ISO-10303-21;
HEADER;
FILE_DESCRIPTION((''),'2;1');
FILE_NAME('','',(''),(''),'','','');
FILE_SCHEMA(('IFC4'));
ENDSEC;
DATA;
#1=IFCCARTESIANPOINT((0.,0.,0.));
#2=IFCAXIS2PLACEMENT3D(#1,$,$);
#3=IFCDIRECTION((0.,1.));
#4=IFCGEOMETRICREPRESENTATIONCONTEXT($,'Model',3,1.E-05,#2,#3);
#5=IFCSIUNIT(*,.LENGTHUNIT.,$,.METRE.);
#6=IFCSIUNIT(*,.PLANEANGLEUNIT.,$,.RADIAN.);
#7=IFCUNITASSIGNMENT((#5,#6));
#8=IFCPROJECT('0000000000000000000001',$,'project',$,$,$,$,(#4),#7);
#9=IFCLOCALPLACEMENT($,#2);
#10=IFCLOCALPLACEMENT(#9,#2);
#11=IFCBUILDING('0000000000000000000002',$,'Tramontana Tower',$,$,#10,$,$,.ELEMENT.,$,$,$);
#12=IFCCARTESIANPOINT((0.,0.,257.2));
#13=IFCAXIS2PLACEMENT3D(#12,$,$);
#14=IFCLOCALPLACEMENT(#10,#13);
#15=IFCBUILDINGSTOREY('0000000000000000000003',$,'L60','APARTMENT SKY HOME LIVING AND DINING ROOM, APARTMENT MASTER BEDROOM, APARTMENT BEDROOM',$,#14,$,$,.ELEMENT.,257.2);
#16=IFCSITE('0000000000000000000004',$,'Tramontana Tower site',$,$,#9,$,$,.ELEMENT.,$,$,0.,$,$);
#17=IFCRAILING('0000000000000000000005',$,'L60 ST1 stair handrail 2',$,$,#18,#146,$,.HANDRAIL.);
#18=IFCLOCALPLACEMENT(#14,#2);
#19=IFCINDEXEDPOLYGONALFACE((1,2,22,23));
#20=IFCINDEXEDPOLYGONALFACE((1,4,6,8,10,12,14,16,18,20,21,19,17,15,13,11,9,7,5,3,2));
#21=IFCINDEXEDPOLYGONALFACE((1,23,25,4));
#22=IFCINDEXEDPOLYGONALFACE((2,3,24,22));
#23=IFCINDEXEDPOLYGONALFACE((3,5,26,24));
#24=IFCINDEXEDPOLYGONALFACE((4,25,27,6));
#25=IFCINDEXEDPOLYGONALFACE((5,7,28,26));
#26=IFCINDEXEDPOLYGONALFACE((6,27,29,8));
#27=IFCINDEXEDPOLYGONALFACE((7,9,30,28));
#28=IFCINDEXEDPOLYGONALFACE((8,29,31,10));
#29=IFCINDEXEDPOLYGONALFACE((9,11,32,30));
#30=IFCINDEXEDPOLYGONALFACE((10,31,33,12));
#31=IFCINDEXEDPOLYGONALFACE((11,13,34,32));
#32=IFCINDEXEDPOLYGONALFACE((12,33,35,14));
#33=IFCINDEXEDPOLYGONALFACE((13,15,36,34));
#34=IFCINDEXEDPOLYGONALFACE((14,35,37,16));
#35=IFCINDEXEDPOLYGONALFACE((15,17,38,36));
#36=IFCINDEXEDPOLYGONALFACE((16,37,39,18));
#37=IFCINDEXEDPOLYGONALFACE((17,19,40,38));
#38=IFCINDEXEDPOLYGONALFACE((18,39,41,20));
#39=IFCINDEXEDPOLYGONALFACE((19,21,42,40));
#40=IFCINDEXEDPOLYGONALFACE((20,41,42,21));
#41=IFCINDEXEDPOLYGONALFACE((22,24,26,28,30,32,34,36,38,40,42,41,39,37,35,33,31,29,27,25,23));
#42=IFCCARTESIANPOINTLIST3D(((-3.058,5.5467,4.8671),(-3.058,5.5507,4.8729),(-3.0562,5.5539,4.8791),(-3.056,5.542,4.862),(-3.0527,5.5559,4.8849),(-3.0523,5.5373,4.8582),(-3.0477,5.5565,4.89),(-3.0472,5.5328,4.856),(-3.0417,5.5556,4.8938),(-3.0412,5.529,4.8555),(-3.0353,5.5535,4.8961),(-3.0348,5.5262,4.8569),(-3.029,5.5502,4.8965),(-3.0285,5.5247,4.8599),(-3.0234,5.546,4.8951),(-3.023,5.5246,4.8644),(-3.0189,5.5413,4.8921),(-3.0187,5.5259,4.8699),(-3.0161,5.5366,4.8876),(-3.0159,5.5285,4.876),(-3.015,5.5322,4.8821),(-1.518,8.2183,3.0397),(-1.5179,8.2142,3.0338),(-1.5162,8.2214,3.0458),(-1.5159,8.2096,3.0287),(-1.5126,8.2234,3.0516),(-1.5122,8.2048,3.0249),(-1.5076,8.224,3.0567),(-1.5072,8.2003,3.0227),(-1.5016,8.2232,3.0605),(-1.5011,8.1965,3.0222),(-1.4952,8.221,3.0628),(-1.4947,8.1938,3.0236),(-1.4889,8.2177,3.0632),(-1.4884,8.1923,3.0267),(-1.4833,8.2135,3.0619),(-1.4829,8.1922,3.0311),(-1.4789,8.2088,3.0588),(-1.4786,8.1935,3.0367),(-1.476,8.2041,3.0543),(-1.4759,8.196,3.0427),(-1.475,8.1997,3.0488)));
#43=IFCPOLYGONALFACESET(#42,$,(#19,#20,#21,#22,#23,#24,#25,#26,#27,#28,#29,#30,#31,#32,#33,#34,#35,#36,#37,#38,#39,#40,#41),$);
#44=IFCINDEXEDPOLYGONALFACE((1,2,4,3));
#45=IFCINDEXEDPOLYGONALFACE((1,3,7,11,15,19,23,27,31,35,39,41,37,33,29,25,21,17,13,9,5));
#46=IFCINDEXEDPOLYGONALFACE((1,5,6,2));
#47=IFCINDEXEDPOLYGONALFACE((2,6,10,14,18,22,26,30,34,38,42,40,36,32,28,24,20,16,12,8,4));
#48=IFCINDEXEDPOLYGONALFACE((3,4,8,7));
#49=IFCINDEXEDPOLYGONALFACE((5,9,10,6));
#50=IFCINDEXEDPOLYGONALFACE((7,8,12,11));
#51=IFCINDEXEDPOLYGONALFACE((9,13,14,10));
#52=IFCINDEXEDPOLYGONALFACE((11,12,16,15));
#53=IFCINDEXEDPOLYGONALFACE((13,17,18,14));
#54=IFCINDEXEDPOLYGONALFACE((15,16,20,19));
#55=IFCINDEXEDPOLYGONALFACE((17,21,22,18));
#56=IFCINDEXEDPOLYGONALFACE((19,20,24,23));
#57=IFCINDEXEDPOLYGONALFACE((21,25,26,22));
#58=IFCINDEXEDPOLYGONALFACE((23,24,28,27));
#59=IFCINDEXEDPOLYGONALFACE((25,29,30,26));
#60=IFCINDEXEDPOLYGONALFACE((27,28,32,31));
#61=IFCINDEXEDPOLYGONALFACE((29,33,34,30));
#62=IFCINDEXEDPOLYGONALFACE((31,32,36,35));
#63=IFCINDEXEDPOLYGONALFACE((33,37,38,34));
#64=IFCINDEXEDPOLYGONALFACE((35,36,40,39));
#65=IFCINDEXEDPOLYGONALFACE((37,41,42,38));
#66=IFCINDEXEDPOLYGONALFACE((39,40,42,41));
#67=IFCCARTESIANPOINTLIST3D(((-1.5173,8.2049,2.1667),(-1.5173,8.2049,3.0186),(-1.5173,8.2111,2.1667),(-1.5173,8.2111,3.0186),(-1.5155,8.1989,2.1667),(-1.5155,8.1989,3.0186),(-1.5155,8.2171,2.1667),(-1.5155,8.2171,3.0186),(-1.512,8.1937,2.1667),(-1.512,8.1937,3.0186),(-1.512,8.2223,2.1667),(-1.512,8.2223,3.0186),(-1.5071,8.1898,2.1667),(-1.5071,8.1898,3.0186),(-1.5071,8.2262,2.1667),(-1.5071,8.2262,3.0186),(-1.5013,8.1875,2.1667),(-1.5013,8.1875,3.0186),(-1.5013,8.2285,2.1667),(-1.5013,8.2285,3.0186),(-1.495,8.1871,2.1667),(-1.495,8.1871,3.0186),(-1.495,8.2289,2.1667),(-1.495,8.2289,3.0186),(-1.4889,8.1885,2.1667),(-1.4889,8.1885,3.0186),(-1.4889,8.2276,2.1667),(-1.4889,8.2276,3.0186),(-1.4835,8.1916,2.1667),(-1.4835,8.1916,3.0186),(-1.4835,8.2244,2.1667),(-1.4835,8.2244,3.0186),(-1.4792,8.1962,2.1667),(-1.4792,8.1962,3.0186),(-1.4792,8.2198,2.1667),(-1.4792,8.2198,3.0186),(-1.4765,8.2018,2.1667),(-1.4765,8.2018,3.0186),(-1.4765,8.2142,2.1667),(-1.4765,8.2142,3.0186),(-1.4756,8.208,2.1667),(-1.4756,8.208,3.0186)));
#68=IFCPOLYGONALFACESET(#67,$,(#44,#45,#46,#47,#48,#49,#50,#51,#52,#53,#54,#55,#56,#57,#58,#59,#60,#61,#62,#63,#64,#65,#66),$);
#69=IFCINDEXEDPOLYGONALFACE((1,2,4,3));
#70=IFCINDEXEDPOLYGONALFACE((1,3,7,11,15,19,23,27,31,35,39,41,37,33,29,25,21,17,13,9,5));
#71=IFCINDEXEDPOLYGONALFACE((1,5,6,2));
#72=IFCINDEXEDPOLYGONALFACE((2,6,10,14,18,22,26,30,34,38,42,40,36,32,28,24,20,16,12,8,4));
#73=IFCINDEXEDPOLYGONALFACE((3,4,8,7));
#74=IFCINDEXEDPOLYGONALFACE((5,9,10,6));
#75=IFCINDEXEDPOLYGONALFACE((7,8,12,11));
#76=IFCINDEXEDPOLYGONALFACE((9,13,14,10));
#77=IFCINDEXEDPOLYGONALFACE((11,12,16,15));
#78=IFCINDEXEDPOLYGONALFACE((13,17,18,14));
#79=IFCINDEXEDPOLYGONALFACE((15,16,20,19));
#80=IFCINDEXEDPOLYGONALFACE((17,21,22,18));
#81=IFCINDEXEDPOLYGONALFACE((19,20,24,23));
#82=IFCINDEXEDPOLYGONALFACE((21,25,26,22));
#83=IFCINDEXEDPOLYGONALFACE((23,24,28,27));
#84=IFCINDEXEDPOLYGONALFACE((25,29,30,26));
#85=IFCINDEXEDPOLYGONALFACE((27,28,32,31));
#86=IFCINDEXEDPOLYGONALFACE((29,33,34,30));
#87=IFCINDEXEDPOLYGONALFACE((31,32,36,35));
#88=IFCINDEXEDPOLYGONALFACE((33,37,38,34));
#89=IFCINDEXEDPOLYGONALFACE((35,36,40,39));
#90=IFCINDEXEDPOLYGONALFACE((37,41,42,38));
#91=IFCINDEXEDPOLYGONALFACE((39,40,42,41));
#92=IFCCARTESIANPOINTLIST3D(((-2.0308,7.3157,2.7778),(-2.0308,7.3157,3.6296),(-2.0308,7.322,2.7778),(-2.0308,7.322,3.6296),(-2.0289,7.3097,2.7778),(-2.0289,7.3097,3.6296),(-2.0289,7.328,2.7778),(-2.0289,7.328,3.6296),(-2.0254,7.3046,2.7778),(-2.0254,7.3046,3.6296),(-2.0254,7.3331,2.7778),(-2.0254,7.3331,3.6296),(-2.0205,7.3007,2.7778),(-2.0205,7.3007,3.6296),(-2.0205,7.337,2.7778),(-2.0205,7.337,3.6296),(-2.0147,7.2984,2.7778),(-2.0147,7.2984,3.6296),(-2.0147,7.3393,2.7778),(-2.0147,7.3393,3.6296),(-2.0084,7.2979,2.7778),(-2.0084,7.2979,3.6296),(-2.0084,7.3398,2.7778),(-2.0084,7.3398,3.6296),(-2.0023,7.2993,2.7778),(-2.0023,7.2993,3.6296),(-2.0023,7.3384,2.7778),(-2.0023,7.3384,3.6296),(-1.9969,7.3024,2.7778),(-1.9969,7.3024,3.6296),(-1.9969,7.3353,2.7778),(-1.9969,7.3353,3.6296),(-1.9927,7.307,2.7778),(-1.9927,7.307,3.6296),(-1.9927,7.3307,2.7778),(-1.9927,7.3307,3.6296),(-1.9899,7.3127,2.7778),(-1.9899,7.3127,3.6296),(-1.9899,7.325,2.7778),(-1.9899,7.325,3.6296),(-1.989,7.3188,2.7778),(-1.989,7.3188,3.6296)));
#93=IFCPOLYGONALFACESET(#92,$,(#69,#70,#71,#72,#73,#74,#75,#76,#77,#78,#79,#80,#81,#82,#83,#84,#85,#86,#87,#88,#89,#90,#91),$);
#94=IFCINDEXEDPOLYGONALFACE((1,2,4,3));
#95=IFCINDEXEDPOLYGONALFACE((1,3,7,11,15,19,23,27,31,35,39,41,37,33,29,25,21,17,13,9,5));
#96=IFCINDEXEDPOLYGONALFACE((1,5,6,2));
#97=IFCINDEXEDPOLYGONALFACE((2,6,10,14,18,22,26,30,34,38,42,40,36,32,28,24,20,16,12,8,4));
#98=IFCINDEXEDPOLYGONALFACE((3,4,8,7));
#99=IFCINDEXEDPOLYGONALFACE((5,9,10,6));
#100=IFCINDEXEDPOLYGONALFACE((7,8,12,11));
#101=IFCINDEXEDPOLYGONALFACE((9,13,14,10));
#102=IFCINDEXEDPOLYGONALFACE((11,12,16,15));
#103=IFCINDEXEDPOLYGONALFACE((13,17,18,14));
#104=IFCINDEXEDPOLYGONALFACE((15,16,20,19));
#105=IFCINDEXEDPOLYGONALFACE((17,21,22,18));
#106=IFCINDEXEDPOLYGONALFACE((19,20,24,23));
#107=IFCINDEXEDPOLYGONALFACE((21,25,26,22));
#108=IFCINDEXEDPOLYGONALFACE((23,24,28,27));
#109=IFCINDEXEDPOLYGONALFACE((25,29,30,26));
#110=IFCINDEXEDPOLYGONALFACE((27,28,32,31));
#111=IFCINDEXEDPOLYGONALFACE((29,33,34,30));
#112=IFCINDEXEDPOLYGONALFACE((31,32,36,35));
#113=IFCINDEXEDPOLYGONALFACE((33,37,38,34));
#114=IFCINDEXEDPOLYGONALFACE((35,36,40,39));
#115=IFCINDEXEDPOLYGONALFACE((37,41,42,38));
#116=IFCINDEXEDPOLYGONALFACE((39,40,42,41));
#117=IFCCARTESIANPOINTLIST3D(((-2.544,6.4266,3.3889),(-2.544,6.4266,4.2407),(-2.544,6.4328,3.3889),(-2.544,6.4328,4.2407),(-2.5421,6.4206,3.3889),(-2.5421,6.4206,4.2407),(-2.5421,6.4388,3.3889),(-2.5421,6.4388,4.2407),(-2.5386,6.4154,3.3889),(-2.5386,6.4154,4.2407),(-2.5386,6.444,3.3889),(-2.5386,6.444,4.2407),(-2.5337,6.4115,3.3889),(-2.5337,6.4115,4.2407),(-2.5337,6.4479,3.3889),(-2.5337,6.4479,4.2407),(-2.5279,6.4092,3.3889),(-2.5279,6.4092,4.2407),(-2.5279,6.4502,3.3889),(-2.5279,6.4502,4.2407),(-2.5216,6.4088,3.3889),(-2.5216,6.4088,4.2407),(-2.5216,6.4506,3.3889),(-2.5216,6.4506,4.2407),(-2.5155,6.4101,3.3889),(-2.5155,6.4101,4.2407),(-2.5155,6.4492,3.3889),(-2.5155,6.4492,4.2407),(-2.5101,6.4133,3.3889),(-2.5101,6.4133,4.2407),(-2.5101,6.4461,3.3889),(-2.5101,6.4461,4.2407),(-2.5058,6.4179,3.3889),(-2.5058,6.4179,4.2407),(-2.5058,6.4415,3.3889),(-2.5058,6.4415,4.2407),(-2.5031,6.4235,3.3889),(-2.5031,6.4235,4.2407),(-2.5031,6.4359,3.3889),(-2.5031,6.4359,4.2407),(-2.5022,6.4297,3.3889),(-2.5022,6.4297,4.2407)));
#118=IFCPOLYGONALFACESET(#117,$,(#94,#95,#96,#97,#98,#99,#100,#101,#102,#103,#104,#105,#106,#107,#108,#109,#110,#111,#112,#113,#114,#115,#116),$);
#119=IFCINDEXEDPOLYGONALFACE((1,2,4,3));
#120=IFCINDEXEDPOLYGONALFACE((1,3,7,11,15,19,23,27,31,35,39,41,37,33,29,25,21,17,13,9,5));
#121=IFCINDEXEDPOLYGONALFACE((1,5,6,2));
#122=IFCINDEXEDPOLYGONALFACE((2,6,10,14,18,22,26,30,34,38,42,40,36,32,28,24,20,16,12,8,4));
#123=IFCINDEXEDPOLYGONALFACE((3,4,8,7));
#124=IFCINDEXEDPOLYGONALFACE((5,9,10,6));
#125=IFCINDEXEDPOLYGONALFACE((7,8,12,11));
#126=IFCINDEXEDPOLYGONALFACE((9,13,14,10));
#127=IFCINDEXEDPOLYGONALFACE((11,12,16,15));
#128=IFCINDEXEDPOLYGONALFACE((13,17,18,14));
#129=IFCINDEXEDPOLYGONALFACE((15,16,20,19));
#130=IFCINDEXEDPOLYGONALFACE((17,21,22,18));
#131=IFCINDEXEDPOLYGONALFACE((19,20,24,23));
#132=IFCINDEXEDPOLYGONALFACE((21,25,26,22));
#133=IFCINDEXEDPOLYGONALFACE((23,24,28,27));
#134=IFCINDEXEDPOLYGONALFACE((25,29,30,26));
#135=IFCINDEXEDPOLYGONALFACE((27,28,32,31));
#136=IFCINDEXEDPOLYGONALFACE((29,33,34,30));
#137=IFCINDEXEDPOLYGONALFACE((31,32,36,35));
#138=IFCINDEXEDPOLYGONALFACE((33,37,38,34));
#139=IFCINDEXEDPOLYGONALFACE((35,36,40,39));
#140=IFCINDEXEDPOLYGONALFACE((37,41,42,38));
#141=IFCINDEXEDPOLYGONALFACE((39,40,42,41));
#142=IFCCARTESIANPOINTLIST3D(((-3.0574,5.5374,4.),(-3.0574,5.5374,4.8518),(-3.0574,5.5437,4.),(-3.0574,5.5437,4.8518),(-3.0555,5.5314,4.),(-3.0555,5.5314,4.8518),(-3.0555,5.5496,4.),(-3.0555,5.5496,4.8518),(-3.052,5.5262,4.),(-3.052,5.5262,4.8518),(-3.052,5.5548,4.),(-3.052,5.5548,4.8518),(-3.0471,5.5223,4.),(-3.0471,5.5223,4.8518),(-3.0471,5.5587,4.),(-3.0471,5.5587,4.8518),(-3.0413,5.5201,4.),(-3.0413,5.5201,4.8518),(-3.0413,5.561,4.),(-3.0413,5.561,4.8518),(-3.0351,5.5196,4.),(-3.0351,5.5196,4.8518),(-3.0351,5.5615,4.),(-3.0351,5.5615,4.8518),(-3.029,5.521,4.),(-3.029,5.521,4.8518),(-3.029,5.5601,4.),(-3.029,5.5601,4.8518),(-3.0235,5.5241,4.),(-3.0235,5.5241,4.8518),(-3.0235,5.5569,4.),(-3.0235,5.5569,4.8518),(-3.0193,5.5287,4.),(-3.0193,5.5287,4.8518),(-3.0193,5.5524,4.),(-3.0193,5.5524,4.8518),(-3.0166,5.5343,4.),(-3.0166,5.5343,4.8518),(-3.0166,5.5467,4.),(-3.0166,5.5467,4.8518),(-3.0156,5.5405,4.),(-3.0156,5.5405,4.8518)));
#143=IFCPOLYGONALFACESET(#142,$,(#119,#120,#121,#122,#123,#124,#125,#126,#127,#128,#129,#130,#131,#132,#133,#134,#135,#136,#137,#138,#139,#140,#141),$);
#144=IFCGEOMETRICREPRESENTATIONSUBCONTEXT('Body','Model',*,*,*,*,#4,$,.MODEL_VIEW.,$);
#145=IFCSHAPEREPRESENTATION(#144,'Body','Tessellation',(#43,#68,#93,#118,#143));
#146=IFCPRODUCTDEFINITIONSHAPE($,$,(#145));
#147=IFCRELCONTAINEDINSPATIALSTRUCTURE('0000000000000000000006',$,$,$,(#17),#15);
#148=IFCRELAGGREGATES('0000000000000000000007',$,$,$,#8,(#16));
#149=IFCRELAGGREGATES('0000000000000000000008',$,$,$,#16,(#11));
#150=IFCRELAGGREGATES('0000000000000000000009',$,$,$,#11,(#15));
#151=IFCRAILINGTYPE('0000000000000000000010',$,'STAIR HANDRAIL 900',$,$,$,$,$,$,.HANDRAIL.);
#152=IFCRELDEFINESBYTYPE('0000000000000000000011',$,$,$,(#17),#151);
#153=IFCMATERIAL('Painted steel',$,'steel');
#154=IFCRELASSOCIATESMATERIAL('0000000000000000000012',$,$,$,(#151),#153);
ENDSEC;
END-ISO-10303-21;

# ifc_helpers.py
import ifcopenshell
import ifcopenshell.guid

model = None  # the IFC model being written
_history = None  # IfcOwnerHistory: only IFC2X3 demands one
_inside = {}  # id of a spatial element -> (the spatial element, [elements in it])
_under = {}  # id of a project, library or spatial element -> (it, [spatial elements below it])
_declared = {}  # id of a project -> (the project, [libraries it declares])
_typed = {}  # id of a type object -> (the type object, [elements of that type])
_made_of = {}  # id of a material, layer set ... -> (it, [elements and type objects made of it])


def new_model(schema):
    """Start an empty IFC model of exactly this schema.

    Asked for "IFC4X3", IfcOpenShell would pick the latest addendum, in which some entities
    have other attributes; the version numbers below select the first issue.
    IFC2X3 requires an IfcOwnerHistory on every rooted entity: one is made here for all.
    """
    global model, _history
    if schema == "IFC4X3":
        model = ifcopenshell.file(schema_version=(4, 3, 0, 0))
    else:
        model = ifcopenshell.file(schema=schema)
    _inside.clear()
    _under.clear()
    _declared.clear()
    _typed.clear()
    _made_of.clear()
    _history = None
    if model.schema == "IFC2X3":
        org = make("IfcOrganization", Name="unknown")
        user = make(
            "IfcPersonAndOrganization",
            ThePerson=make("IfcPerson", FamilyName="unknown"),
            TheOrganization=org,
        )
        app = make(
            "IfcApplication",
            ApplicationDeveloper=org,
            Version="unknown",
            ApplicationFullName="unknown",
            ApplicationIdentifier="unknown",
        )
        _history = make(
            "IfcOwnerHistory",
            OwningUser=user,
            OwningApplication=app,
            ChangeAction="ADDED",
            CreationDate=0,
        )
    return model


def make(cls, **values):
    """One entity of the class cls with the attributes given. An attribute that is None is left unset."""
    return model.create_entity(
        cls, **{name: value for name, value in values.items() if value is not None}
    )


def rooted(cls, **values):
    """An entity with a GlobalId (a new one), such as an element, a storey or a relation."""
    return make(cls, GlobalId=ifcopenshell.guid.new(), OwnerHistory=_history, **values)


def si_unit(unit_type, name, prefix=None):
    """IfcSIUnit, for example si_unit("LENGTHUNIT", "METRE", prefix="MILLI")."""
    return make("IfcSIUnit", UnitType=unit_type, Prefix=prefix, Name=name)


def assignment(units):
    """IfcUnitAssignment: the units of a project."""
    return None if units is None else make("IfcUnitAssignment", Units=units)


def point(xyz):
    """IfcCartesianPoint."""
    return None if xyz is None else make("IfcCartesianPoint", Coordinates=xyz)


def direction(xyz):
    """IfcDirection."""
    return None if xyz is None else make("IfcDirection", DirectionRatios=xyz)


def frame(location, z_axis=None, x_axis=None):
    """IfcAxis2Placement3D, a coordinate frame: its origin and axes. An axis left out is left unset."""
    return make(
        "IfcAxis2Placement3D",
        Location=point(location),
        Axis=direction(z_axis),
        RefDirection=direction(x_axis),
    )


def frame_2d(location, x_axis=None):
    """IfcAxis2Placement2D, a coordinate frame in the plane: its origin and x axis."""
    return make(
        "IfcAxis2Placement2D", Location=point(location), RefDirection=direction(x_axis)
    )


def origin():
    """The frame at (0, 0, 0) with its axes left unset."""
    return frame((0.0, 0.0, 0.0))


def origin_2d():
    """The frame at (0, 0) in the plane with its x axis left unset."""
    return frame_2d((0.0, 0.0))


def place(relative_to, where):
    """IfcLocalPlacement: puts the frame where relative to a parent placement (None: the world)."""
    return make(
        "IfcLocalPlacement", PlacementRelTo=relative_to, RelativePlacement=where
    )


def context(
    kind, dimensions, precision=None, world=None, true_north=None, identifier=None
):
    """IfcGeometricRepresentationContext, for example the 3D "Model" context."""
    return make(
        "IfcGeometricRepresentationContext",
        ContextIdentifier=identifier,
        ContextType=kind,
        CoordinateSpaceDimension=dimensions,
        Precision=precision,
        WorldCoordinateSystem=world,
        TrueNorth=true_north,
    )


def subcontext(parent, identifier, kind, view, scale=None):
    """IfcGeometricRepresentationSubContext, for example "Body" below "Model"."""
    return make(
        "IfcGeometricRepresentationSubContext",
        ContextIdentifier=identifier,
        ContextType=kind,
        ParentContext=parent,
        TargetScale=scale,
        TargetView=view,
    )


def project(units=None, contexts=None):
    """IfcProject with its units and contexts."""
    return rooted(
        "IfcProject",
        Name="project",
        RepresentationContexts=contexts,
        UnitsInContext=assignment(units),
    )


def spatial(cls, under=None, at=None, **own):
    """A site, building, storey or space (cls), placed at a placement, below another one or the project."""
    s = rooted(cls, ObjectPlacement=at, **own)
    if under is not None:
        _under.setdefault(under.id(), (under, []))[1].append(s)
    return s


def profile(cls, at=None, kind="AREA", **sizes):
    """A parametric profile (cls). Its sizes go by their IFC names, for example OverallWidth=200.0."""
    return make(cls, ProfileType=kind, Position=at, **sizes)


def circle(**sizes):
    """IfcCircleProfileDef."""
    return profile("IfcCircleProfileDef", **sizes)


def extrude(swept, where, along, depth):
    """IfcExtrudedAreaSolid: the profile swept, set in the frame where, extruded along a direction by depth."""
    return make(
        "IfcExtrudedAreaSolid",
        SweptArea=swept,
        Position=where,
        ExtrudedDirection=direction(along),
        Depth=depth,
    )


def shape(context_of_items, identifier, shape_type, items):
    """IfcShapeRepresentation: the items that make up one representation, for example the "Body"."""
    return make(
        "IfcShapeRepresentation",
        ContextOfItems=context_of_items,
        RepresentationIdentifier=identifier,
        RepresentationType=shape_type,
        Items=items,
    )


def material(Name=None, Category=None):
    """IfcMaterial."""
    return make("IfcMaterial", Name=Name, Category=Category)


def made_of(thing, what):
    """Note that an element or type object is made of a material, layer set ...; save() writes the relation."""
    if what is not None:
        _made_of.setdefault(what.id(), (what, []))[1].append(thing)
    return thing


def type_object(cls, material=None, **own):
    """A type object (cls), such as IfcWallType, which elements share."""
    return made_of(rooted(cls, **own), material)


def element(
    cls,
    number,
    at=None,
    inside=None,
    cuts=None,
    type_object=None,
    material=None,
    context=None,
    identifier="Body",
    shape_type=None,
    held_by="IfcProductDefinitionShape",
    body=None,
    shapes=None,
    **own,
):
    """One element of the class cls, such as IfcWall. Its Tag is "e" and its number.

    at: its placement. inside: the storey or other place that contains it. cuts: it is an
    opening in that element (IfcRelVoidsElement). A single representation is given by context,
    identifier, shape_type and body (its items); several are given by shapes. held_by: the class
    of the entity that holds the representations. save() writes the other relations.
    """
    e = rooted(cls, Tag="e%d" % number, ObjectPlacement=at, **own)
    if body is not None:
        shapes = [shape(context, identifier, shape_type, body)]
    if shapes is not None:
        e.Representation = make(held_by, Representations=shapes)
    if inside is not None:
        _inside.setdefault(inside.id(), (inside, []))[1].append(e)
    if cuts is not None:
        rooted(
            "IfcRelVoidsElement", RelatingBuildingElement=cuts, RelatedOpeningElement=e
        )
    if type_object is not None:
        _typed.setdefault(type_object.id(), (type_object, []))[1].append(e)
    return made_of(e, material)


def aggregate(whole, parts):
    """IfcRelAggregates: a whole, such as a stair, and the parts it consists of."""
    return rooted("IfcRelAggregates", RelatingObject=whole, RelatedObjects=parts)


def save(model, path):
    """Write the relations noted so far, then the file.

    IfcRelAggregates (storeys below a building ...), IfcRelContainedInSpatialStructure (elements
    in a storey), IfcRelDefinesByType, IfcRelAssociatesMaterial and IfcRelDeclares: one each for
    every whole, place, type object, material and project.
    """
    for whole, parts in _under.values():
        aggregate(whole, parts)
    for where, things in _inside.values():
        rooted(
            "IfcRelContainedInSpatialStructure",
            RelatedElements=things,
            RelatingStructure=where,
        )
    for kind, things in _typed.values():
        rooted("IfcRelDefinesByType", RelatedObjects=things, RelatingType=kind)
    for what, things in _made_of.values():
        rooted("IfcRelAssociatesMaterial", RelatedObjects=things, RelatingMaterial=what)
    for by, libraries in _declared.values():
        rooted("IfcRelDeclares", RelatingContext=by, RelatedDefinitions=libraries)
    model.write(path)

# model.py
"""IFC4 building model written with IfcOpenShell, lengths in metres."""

from ifc_helpers import new_model, si_unit, direction, frame, origin, origin_2d, place, context, subcontext, project, spatial, circle, extrude, material, type_object, element, save


model = new_model("IFC4")

# Units and contexts
model_context = context("Model", 3, precision=1e-05, world=origin(), true_north=direction((0.0, 1.0)))
body_context = subcontext(model_context, "Body", "Model", "MODEL_VIEW")
ifc_project = project(units=[si_unit("LENGTHUNIT", "METRE"), si_unit("PLANEANGLEUNIT", "RADIAN")], contexts=[model_context])

# Site, building, storey
site_placement = place(None, origin())
site = spatial("IfcSite", under=ifc_project, at=site_placement, Name="Tramontana Tower site", CompositionType="ELEMENT", RefElevation=0.0)
building_placement = place(site_placement, origin())
building = spatial("IfcBuilding", under=site, at=building_placement, Name="Tramontana Tower", CompositionType="ELEMENT")
storey_placement = place(building_placement, frame((0.0, 0.0, 257.2)))
storey = spatial("IfcBuildingStorey", under=building, at=storey_placement, Name="L60", Description="APARTMENT SKY HOME LIVING AND DINING ROOM, APARTMENT MASTER BEDROOM, APARTMENT BEDROOM", CompositionType="ELEMENT", Elevation=257.2)

# Railing
ifc_material_1 = material(Name="Painted steel", Category="steel")
railing_type_1 = type_object("IfcRailingType", Name="STAIR HANDRAIL 900", PredefinedType="HANDRAIL", material=ifc_material_1)
railing_1_placement = place(storey_placement, frame((-1.4966, 8.208, 2.1667)))
element("IfcRailing", 1, at=railing_1_placement, inside=storey, type_object=railing_type_1, Name="L60 ST1 stair handrail 2", PredefinedType="HANDRAIL", context=body_context, shape_type="SweptSolid", body=[
    extrude(circle(Radius=0.0239, at=origin_2d()), frame((0.0, 0.0, 0.876), z_axis=(-0.429649, -0.74419, 0.511452), x_axis=(0.86603, -0.499992, 0.0)), (0.0, 0.0, 1.0), 3.5845),
    extrude(circle(Radius=0.021, at=origin_2d()), origin(), (0.0, 0.0, 1.0), 0.8518),
    extrude(circle(Radius=0.021, at=origin_2d()), frame((-0.5134, -0.8892, 0.6111)), (0.0, 0.0, 1.0), 0.8518),
    extrude(circle(Radius=0.021, at=origin_2d()), frame((-1.0266, -1.7783, 1.2222)), (0.0, 0.0, 1.0), 0.8518),
    extrude(circle(Radius=0.021, at=origin_2d()), frame((-1.54, -2.6675, 1.8333)), (0.0, 0.0, 1.0), 0.8518),
])

save(model, "model.ifc")
